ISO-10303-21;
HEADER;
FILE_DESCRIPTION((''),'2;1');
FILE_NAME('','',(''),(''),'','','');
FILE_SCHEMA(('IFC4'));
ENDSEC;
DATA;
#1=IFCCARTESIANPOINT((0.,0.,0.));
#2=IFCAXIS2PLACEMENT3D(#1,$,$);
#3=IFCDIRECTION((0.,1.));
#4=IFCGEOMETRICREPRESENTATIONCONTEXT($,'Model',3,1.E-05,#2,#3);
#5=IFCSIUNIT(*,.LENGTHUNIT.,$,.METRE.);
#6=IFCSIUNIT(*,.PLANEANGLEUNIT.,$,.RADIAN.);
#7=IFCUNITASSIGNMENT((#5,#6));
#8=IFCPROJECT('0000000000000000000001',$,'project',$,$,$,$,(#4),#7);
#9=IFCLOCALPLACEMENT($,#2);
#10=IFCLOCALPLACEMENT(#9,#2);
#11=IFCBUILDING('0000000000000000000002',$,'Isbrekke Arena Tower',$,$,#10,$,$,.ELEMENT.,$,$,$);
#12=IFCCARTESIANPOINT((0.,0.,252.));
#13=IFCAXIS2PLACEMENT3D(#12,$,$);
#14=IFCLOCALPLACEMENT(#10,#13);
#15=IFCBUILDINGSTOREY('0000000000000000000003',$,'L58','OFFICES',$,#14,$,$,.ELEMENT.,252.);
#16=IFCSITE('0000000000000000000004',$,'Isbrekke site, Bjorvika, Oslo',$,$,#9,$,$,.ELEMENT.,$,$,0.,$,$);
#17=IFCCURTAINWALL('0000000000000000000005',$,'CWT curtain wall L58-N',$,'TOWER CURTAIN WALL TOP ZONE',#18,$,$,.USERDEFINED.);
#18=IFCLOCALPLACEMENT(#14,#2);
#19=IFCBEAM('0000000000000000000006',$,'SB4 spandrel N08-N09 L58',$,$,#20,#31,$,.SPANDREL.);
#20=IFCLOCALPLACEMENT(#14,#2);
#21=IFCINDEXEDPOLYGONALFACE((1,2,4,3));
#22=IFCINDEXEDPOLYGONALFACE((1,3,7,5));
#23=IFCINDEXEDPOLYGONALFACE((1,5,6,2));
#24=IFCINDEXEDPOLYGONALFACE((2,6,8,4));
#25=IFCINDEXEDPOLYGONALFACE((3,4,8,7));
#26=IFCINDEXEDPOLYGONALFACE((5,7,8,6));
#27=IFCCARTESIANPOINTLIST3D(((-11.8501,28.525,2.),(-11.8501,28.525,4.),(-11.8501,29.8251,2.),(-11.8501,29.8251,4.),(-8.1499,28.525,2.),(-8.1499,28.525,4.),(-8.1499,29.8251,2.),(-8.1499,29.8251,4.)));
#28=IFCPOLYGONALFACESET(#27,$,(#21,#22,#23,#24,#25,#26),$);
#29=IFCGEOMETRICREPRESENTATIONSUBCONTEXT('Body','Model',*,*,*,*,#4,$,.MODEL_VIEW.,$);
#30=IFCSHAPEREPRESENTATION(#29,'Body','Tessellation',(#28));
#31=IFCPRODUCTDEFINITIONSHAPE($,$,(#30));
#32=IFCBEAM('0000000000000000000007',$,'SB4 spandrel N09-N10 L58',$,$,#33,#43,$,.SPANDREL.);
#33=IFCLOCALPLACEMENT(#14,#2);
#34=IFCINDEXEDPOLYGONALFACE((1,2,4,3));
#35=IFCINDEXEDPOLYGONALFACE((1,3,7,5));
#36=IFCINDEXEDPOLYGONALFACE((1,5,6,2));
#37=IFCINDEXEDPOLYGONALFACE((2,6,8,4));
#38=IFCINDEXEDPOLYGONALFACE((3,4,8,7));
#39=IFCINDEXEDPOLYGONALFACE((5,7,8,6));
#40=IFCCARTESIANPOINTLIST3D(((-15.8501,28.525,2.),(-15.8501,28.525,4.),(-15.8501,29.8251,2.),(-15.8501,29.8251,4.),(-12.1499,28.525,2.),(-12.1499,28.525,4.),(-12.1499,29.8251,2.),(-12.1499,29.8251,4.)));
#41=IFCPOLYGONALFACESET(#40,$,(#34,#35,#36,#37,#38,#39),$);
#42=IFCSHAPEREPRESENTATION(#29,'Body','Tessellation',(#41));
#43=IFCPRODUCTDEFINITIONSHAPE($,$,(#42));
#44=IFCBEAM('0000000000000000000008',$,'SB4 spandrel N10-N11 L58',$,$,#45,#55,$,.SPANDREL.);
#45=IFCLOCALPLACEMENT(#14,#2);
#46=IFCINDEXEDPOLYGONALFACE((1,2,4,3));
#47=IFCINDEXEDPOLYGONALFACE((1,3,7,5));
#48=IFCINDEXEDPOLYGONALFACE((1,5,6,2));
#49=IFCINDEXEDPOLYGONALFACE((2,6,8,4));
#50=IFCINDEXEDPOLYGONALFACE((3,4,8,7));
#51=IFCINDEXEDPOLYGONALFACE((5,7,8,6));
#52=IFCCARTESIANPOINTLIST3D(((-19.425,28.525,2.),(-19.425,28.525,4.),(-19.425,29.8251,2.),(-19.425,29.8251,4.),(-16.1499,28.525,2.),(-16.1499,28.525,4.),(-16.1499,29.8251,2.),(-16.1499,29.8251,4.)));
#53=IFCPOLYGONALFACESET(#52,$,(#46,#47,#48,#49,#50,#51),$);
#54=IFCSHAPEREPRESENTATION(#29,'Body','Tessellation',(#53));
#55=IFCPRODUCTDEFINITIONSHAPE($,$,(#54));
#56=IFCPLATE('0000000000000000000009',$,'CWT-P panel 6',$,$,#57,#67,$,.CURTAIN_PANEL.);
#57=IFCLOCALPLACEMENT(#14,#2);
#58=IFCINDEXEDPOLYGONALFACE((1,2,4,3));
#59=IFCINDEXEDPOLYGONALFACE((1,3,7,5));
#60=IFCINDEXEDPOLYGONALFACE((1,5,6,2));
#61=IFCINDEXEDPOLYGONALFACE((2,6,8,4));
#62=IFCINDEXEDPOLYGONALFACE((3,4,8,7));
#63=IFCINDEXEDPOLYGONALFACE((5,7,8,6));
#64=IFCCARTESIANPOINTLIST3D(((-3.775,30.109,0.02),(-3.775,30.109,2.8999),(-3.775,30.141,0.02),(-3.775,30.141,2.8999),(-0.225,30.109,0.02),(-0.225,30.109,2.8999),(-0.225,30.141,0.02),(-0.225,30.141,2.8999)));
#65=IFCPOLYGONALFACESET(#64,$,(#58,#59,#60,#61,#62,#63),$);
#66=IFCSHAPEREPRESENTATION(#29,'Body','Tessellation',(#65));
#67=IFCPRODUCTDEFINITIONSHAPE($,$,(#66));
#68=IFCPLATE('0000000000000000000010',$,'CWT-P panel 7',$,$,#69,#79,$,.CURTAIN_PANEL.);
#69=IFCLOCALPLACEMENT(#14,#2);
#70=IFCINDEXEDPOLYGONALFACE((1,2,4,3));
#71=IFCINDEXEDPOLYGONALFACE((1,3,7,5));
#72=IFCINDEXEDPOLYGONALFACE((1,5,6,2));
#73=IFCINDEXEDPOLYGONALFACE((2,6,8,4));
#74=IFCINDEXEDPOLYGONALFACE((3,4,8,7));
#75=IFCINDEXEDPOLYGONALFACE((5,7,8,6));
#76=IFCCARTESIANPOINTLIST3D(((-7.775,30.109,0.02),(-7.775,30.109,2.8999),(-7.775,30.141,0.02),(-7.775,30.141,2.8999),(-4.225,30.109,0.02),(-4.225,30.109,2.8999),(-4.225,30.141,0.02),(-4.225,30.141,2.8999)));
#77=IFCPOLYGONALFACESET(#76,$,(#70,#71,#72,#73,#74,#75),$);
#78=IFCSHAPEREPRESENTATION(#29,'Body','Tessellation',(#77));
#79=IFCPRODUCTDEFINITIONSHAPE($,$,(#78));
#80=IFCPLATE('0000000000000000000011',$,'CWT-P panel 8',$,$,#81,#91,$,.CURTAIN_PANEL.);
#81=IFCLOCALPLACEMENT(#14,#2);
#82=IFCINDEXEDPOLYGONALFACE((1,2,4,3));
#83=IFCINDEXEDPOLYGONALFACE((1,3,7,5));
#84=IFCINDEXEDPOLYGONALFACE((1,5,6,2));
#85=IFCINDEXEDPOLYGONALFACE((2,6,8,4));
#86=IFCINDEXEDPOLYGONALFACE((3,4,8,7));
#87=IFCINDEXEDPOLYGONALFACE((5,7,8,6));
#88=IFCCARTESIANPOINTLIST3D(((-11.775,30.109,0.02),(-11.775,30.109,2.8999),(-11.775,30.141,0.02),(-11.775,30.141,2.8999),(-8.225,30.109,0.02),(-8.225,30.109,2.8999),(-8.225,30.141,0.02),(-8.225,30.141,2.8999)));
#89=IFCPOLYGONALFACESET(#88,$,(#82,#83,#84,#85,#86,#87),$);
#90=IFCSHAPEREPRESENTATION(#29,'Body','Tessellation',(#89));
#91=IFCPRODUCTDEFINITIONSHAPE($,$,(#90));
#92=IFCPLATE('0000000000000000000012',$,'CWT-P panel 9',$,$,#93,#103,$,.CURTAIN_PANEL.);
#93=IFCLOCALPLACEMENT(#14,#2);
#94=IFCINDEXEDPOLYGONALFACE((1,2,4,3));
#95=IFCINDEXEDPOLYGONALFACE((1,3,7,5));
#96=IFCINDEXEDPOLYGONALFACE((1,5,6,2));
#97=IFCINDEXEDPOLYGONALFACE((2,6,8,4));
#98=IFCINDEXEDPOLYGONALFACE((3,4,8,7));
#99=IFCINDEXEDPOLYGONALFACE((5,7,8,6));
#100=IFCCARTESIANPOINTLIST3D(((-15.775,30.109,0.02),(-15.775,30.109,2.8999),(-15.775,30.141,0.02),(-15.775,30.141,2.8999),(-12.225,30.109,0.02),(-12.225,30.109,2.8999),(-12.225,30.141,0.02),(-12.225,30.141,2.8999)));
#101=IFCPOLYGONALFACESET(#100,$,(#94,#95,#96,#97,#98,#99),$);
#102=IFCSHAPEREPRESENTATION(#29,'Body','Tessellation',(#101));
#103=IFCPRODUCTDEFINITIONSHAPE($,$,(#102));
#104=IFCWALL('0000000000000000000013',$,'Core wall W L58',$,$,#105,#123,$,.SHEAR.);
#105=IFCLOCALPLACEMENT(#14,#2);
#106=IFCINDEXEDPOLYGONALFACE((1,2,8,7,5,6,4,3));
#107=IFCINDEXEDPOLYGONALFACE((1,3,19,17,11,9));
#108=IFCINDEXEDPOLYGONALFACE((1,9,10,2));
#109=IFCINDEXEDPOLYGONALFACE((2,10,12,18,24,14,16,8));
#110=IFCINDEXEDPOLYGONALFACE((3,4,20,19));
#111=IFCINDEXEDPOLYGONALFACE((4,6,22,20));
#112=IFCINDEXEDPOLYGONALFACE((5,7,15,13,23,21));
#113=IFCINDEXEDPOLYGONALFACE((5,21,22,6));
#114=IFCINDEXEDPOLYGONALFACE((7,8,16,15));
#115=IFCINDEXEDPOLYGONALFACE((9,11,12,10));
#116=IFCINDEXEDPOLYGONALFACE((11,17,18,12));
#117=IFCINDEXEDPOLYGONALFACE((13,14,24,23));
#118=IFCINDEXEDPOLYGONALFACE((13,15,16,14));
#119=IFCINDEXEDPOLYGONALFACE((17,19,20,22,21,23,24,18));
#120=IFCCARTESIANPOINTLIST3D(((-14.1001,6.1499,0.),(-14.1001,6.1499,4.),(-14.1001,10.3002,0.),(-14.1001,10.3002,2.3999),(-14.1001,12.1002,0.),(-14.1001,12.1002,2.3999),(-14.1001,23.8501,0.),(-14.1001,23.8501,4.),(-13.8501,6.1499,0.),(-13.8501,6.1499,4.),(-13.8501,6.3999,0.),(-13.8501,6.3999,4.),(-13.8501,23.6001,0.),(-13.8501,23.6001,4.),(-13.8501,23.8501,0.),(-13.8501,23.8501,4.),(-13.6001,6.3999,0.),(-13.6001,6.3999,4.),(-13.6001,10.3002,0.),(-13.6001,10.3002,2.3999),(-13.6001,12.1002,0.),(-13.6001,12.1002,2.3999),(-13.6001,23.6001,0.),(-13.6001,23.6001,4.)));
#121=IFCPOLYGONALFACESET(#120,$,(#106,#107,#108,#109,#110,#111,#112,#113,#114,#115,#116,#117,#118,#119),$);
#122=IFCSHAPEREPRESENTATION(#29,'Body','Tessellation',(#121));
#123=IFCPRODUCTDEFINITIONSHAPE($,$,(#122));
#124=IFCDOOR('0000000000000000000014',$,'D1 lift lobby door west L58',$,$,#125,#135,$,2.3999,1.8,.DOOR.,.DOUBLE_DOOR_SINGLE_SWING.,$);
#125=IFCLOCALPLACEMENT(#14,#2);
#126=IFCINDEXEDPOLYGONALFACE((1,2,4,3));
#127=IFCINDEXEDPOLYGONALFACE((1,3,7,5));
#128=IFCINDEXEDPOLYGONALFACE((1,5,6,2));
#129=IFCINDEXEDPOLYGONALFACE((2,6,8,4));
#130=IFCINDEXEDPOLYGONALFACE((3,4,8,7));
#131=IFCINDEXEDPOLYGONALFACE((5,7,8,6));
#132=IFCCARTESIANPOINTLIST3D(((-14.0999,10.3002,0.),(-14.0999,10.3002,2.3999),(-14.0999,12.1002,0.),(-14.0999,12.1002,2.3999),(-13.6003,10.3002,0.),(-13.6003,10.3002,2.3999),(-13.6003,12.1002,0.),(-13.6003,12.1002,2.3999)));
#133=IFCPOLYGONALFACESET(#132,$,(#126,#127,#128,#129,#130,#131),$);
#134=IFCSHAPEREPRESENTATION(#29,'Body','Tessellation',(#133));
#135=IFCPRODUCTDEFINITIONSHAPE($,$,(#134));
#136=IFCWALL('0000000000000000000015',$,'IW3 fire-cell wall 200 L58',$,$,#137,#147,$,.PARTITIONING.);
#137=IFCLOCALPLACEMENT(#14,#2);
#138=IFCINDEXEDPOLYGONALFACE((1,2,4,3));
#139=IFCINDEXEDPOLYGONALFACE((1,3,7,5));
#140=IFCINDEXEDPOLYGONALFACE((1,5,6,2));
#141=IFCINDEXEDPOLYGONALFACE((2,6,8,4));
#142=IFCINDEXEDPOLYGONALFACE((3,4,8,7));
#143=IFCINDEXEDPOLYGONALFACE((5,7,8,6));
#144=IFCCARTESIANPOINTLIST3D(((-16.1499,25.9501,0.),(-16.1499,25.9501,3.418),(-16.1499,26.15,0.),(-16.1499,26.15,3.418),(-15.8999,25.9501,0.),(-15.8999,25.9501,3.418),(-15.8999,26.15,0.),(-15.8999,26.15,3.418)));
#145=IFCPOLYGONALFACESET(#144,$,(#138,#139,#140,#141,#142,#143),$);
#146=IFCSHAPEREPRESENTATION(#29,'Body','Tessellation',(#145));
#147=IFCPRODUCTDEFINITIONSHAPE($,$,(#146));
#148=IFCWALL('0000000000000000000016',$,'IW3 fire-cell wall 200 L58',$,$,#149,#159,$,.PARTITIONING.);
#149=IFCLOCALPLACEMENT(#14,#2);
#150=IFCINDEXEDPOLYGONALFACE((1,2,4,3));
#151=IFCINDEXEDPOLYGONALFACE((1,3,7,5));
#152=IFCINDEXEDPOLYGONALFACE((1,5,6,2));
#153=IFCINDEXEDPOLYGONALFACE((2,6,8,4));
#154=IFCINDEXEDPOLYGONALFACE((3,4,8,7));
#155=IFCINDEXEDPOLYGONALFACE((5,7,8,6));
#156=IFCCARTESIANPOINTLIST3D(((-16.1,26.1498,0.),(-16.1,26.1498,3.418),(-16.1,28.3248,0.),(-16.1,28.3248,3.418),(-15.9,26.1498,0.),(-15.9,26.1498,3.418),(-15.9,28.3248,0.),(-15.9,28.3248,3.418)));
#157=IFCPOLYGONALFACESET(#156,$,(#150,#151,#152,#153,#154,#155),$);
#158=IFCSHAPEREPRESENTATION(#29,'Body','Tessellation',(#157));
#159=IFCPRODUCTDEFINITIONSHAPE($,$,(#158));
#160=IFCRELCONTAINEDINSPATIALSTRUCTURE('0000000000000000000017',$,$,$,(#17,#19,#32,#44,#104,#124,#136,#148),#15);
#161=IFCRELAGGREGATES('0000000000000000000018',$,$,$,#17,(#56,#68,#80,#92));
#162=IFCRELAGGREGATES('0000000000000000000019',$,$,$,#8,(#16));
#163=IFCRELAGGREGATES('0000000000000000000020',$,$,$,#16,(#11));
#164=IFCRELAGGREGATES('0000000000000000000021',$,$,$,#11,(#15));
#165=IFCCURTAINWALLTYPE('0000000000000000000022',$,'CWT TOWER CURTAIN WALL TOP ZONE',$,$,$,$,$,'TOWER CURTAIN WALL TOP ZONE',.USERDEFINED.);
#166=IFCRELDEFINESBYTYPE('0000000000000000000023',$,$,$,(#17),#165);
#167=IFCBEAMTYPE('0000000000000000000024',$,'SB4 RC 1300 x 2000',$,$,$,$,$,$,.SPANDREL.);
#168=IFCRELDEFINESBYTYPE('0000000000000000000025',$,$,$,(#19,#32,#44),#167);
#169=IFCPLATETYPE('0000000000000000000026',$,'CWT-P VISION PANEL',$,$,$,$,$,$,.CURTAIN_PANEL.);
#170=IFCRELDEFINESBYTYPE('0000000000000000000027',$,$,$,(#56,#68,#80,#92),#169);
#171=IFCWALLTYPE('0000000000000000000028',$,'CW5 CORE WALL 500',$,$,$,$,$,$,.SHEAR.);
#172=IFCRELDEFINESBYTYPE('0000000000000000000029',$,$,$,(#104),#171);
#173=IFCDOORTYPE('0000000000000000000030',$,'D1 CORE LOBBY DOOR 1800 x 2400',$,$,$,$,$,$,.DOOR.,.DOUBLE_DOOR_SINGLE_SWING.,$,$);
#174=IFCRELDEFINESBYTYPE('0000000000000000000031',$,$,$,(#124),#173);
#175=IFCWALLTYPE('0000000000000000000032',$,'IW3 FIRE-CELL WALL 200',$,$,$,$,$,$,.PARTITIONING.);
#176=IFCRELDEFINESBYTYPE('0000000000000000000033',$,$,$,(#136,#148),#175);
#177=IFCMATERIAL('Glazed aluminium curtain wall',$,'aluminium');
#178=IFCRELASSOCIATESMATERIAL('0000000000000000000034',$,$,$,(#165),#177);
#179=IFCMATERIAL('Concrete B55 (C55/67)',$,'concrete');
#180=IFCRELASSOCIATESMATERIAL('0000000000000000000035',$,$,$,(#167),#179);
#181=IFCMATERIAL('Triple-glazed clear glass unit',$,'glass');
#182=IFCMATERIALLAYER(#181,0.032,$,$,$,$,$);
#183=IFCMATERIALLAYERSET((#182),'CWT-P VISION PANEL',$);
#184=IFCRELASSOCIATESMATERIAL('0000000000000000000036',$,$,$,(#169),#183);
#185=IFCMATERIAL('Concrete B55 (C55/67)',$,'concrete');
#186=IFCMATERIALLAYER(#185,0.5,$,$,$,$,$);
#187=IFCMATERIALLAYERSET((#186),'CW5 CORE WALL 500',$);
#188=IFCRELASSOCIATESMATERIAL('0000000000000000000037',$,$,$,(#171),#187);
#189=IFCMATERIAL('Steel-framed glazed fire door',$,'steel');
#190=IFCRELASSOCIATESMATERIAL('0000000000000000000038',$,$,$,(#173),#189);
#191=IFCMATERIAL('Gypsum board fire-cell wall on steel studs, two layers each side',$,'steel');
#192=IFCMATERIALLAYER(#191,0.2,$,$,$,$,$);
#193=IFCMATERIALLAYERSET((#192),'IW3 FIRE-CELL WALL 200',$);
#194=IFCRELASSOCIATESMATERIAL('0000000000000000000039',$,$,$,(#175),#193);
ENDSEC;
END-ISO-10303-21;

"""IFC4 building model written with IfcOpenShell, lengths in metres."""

from ifc_helpers import new_model, si_unit, direction, frame, frame_2d, origin, origin_2d, place, context, subcontext, project, spatial, polyline, rectangle, outline, extrude, material, layer, layer_set, material_profile, profile_set, type_object, element, fill, aggregate, save


model = new_model("IFC4")

# Units and contexts
model_context = context("Model", 3, precision=1e-05, world=origin(), true_north=direction((0.0, 1.0)))
body_context = subcontext(model_context, "Body", "Model", "MODEL_VIEW")
ifc_project = project(units=[si_unit("LENGTHUNIT", "METRE"), si_unit("PLANEANGLEUNIT", "RADIAN")], contexts=[model_context])

# Site, building, storey
site_placement = place(None, origin())
site = spatial("IfcSite", under=ifc_project, at=site_placement, Name="Isbrekke site, Bjorvika, Oslo", CompositionType="ELEMENT", RefElevation=0.0)
building_placement = place(site_placement, origin())
building = spatial("IfcBuilding", under=site, at=building_placement, Name="Isbrekke Arena Tower", CompositionType="ELEMENT")
storey_placement = place(building_placement, frame((0.0, 0.0, 252.0)))
storey = spatial("IfcBuildingStorey", under=building, at=storey_placement, Name="L58", Description="OFFICES", CompositionType="ELEMENT", Elevation=252.0)

# Curtain wall
ifc_material_1 = material(Name="Glazed aluminium curtain wall", Category="aluminium")
curtain_wall_type = type_object("IfcCurtainWallType", Name="CWT TOWER CURTAIN WALL TOP ZONE", ElementType="TOWER CURTAIN WALL TOP ZONE", PredefinedType="USERDEFINED", material=ifc_material_1)
curtain_wall_placement = place(storey_placement, origin())
curtain_wall = element("IfcCurtainWall", 1, at=curtain_wall_placement, inside=storey, type_object=curtain_wall_type, Name="CWT curtain wall L58-N", ObjectType="TOWER CURTAIN WALL TOP ZONE", PredefinedType="USERDEFINED")

# Beams
ifc_material_2 = material(Name="Concrete B55 (C55/67)", Category="concrete")
ifc_material_profile_1 = material_profile(ifc_material_2, rectangle(XDim=1.3, YDim=2.0, at=origin_2d()), Name="RC 1300x2000")
ifc_profile_set_1 = profile_set([ifc_material_profile_1], Name="Concrete B55 (C55/67)")
beam_type_1 = type_object("IfcBeamType", Name="SB4 RC 1300 x 2000", PredefinedType="SPANDREL", material=ifc_profile_set_1)
for number, where, z_axis, x_axis, name in (
    (2, (-8.1499, 29.175, 3.0), (-1.0, 0.0, 0.0), (0.0, -1.0, 0.0), "SB4 spandrel N08-N09 L58"),
    (3, (-12.1499, 29.175, 3.0), (-1.0, 0.0, 0.0), (0.0, -1.0, 0.0), "SB4 spandrel N09-N10 L58"),
):
    element("IfcBeam", number, at=place(storey_placement, frame(where, z_axis=z_axis, x_axis=x_axis)), inside=storey, type_object=beam_type_1, Name=name, PredefinedType="SPANDREL", context=body_context, shape_type="SweptSolid", body=[
        extrude(rectangle(XDim=1.3, YDim=2.0, at=origin_2d()), origin(), (0.0, 0.0, 1.0), 3.7002),
    ])
beam_1_placement = place(storey_placement, frame((-16.1499, 29.175, 3.0), z_axis=(-1.0, 0.0, 0.0), x_axis=(0.0, -1.0, 0.0)))
element("IfcBeam", 4, at=beam_1_placement, inside=storey, type_object=beam_type_1, Name="SB4 spandrel N10-N11 L58", PredefinedType="SPANDREL", context=body_context, shape_type="SweptSolid", body=[
    extrude(rectangle(XDim=1.3, YDim=2.0, at=origin_2d()), origin(), (0.0, 0.0, 1.0), 3.2751),
])

# Plates
ifc_material_3 = material(Name="Triple-glazed clear glass unit", Category="glass")
ifc_layer_1 = layer(ifc_material_3, 0.032)
ifc_layer_set_1 = layer_set([ifc_layer_1], Name="CWT-P VISION PANEL")
plate_type = type_object("IfcPlateType", Name="CWT-P VISION PANEL", PredefinedType="CURTAIN_PANEL", material=ifc_layer_set_1)
plate_1_placement = place(storey_placement, frame((-2.0, 30.125, 0.02), z_axis=(0.0, 0.0, 1.0), x_axis=(-1.0, 0.0, 0.0)))
plate_1 = element("IfcPlate", 5, at=plate_1_placement, type_object=plate_type, Name="CWT-P panel 6", PredefinedType="CURTAIN_PANEL", context=body_context, shape_type="SweptSolid", body=[
    extrude(rectangle(XDim=3.55, YDim=0.032, at=origin_2d()), origin(), (0.0, 0.0, 1.0), 2.8799),
])
plate_2_placement = place(storey_placement, frame((-6.0, 30.125, 0.02), z_axis=(0.0, 0.0, 1.0), x_axis=(-1.0, 0.0, 0.0)))
plate_2 = element("IfcPlate", 6, at=plate_2_placement, type_object=plate_type, Name="CWT-P panel 7", PredefinedType="CURTAIN_PANEL", context=body_context, shape_type="SweptSolid", body=[
    extrude(rectangle(XDim=3.55, YDim=0.032, at=origin_2d()), origin(), (0.0, 0.0, 1.0), 2.8799),
])
plate_3_placement = place(storey_placement, frame((-10.0, 30.125, 0.02), z_axis=(0.0, 0.0, 1.0), x_axis=(-1.0, 0.0, 0.0)))
plate_3 = element("IfcPlate", 7, at=plate_3_placement, type_object=plate_type, Name="CWT-P panel 8", PredefinedType="CURTAIN_PANEL", context=body_context, shape_type="SweptSolid", body=[
    extrude(rectangle(XDim=3.55, YDim=0.032, at=origin_2d()), origin(), (0.0, 0.0, 1.0), 2.8799),
])
plate_4_placement = place(storey_placement, frame((-14.0, 30.125, 0.02), z_axis=(0.0, 0.0, 1.0), x_axis=(-1.0, 0.0, 0.0)))
plate_4 = element("IfcPlate", 8, at=plate_4_placement, type_object=plate_type, Name="CWT-P panel 9", PredefinedType="CURTAIN_PANEL", context=body_context, shape_type="SweptSolid", body=[
    extrude(rectangle(XDim=3.55, YDim=0.032, at=origin_2d()), origin(), (0.0, 0.0, 1.0), 2.8799),
])
aggregate(curtain_wall, [plate_1, plate_2, plate_3, plate_4])

# Wall, opening, door
ifc_material_4 = material(Name="Concrete B55 (C55/67)", Category="concrete")
ifc_layer_2 = layer(ifc_material_4, 0.5)
ifc_layer_set_2 = layer_set([ifc_layer_2], Name="CW5 CORE WALL 500")
wall_type_1 = type_object("IfcWallType", Name="CW5 CORE WALL 500", PredefinedType="SHEAR", material=ifc_layer_set_2)
wall_1_placement = place(storey_placement, frame((-13.8501, 23.8501, 0.0), z_axis=(0.0, 0.0, 1.0), x_axis=(0.0, -1.0, 0.0)))
wall_1 = element("IfcWall", 9, at=wall_1_placement, inside=storey, type_object=wall_type_1, Name="Core wall W L58", PredefinedType="SHEAR", context=body_context, shape_type="SweptSolid", body=[
    extrude(outline(polyline([(0.0, -0.25), (17.7002, -0.25), (17.7002, 0.0), (17.4502, 0.0), (17.4502, 0.25), (0.25, 0.25), (0.25, 0.0), (0.0, 0.0), (0.0, -0.25)])), origin(), (0.0, 0.0, 1.0), 4.0),
])
opening_placement = place(wall_1_placement, frame((11.75, 0.0, 0.0)))
opening = element("IfcOpeningElement", 10, at=opening_placement, cuts=wall_1, PredefinedType="OPENING", context=body_context, shape_type="SweptSolid", body=[
    extrude(rectangle(XDim=1.8, YDim=2.3999, at=frame_2d((0.8999, 1.2))), frame((0.0, 0.2649, 0.0), z_axis=(0.0, -1.0, 0.0), x_axis=(1.0, 0.0, 0.0)), (0.0, 0.0, 1.0), 0.5298),
])
ifc_material_5 = material(Name="Steel-framed glazed fire door", Category="steel")
door_type = type_object("IfcDoorType", Name="D1 CORE LOBBY DOOR 1800 x 2400", OperationType="DOUBLE_DOOR_SINGLE_SWING", PredefinedType="DOOR", material=ifc_material_5)
door_placement = place(opening_placement, origin())
door = element("IfcDoor", 11, at=door_placement, inside=storey, type_object=door_type, Name="D1 lift lobby door west L58", OperationType="DOUBLE_DOOR_SINGLE_SWING", OverallHeight=2.3999, OverallWidth=1.8, PredefinedType="DOOR", context=body_context, shape_type="SweptSolid", body=[
    extrude(rectangle(XDim=1.8, YDim=2.3999, at=frame_2d((0.8999, 1.2))), frame((0.0, 0.2498, 0.0), z_axis=(0.0, -1.0, 0.0), x_axis=(1.0, 0.0, 0.0)), (0.0, 0.0, 1.0), 0.4995),
])
fill(opening, door)

# Walls
ifc_material_6 = material(Name="Gypsum board fire-cell wall on steel studs, two layers each side", Category="steel")
ifc_layer_3 = layer(ifc_material_6, 0.2)
ifc_layer_set_3 = layer_set([ifc_layer_3], Name="IW3 FIRE-CELL WALL 200")
wall_type_2 = type_object("IfcWallType", Name="IW3 FIRE-CELL WALL 200", PredefinedType="PARTITIONING", material=ifc_layer_set_3)
wall_2_placement = place(storey_placement, frame((-16.1499, 26.05, 0.0), z_axis=(0.0, 0.0, 1.0), x_axis=(1.0, 0.0, 0.0)))
element("IfcWall", 12, at=wall_2_placement, inside=storey, type_object=wall_type_2, Name="IW3 fire-cell wall 200 L58", PredefinedType="PARTITIONING", context=body_context, shape_type="SweptSolid", body=[
    extrude(rectangle(XDim=0.25, YDim=0.2, at=frame_2d((0.125, 0.0))), origin(), (0.0, 0.0, 1.0), 3.418),
])
wall_3_placement = place(storey_placement, frame((-16.0, 26.1499, 0.0), z_axis=(0.0, 0.0, 1.0), x_axis=(0.0, 1.0, 0.0)))
element("IfcWall", 13, at=wall_3_placement, inside=storey, type_object=wall_type_2, Name="IW3 fire-cell wall 200 L58", PredefinedType="PARTITIONING", context=body_context, shape_type="SweptSolid", body=[
    extrude(rectangle(XDim=2.175, YDim=0.2, at=frame_2d((1.0874, 0.0))), origin(), (0.0, 0.0, 1.0), 3.418),
])

save(model, "model.ifc")
